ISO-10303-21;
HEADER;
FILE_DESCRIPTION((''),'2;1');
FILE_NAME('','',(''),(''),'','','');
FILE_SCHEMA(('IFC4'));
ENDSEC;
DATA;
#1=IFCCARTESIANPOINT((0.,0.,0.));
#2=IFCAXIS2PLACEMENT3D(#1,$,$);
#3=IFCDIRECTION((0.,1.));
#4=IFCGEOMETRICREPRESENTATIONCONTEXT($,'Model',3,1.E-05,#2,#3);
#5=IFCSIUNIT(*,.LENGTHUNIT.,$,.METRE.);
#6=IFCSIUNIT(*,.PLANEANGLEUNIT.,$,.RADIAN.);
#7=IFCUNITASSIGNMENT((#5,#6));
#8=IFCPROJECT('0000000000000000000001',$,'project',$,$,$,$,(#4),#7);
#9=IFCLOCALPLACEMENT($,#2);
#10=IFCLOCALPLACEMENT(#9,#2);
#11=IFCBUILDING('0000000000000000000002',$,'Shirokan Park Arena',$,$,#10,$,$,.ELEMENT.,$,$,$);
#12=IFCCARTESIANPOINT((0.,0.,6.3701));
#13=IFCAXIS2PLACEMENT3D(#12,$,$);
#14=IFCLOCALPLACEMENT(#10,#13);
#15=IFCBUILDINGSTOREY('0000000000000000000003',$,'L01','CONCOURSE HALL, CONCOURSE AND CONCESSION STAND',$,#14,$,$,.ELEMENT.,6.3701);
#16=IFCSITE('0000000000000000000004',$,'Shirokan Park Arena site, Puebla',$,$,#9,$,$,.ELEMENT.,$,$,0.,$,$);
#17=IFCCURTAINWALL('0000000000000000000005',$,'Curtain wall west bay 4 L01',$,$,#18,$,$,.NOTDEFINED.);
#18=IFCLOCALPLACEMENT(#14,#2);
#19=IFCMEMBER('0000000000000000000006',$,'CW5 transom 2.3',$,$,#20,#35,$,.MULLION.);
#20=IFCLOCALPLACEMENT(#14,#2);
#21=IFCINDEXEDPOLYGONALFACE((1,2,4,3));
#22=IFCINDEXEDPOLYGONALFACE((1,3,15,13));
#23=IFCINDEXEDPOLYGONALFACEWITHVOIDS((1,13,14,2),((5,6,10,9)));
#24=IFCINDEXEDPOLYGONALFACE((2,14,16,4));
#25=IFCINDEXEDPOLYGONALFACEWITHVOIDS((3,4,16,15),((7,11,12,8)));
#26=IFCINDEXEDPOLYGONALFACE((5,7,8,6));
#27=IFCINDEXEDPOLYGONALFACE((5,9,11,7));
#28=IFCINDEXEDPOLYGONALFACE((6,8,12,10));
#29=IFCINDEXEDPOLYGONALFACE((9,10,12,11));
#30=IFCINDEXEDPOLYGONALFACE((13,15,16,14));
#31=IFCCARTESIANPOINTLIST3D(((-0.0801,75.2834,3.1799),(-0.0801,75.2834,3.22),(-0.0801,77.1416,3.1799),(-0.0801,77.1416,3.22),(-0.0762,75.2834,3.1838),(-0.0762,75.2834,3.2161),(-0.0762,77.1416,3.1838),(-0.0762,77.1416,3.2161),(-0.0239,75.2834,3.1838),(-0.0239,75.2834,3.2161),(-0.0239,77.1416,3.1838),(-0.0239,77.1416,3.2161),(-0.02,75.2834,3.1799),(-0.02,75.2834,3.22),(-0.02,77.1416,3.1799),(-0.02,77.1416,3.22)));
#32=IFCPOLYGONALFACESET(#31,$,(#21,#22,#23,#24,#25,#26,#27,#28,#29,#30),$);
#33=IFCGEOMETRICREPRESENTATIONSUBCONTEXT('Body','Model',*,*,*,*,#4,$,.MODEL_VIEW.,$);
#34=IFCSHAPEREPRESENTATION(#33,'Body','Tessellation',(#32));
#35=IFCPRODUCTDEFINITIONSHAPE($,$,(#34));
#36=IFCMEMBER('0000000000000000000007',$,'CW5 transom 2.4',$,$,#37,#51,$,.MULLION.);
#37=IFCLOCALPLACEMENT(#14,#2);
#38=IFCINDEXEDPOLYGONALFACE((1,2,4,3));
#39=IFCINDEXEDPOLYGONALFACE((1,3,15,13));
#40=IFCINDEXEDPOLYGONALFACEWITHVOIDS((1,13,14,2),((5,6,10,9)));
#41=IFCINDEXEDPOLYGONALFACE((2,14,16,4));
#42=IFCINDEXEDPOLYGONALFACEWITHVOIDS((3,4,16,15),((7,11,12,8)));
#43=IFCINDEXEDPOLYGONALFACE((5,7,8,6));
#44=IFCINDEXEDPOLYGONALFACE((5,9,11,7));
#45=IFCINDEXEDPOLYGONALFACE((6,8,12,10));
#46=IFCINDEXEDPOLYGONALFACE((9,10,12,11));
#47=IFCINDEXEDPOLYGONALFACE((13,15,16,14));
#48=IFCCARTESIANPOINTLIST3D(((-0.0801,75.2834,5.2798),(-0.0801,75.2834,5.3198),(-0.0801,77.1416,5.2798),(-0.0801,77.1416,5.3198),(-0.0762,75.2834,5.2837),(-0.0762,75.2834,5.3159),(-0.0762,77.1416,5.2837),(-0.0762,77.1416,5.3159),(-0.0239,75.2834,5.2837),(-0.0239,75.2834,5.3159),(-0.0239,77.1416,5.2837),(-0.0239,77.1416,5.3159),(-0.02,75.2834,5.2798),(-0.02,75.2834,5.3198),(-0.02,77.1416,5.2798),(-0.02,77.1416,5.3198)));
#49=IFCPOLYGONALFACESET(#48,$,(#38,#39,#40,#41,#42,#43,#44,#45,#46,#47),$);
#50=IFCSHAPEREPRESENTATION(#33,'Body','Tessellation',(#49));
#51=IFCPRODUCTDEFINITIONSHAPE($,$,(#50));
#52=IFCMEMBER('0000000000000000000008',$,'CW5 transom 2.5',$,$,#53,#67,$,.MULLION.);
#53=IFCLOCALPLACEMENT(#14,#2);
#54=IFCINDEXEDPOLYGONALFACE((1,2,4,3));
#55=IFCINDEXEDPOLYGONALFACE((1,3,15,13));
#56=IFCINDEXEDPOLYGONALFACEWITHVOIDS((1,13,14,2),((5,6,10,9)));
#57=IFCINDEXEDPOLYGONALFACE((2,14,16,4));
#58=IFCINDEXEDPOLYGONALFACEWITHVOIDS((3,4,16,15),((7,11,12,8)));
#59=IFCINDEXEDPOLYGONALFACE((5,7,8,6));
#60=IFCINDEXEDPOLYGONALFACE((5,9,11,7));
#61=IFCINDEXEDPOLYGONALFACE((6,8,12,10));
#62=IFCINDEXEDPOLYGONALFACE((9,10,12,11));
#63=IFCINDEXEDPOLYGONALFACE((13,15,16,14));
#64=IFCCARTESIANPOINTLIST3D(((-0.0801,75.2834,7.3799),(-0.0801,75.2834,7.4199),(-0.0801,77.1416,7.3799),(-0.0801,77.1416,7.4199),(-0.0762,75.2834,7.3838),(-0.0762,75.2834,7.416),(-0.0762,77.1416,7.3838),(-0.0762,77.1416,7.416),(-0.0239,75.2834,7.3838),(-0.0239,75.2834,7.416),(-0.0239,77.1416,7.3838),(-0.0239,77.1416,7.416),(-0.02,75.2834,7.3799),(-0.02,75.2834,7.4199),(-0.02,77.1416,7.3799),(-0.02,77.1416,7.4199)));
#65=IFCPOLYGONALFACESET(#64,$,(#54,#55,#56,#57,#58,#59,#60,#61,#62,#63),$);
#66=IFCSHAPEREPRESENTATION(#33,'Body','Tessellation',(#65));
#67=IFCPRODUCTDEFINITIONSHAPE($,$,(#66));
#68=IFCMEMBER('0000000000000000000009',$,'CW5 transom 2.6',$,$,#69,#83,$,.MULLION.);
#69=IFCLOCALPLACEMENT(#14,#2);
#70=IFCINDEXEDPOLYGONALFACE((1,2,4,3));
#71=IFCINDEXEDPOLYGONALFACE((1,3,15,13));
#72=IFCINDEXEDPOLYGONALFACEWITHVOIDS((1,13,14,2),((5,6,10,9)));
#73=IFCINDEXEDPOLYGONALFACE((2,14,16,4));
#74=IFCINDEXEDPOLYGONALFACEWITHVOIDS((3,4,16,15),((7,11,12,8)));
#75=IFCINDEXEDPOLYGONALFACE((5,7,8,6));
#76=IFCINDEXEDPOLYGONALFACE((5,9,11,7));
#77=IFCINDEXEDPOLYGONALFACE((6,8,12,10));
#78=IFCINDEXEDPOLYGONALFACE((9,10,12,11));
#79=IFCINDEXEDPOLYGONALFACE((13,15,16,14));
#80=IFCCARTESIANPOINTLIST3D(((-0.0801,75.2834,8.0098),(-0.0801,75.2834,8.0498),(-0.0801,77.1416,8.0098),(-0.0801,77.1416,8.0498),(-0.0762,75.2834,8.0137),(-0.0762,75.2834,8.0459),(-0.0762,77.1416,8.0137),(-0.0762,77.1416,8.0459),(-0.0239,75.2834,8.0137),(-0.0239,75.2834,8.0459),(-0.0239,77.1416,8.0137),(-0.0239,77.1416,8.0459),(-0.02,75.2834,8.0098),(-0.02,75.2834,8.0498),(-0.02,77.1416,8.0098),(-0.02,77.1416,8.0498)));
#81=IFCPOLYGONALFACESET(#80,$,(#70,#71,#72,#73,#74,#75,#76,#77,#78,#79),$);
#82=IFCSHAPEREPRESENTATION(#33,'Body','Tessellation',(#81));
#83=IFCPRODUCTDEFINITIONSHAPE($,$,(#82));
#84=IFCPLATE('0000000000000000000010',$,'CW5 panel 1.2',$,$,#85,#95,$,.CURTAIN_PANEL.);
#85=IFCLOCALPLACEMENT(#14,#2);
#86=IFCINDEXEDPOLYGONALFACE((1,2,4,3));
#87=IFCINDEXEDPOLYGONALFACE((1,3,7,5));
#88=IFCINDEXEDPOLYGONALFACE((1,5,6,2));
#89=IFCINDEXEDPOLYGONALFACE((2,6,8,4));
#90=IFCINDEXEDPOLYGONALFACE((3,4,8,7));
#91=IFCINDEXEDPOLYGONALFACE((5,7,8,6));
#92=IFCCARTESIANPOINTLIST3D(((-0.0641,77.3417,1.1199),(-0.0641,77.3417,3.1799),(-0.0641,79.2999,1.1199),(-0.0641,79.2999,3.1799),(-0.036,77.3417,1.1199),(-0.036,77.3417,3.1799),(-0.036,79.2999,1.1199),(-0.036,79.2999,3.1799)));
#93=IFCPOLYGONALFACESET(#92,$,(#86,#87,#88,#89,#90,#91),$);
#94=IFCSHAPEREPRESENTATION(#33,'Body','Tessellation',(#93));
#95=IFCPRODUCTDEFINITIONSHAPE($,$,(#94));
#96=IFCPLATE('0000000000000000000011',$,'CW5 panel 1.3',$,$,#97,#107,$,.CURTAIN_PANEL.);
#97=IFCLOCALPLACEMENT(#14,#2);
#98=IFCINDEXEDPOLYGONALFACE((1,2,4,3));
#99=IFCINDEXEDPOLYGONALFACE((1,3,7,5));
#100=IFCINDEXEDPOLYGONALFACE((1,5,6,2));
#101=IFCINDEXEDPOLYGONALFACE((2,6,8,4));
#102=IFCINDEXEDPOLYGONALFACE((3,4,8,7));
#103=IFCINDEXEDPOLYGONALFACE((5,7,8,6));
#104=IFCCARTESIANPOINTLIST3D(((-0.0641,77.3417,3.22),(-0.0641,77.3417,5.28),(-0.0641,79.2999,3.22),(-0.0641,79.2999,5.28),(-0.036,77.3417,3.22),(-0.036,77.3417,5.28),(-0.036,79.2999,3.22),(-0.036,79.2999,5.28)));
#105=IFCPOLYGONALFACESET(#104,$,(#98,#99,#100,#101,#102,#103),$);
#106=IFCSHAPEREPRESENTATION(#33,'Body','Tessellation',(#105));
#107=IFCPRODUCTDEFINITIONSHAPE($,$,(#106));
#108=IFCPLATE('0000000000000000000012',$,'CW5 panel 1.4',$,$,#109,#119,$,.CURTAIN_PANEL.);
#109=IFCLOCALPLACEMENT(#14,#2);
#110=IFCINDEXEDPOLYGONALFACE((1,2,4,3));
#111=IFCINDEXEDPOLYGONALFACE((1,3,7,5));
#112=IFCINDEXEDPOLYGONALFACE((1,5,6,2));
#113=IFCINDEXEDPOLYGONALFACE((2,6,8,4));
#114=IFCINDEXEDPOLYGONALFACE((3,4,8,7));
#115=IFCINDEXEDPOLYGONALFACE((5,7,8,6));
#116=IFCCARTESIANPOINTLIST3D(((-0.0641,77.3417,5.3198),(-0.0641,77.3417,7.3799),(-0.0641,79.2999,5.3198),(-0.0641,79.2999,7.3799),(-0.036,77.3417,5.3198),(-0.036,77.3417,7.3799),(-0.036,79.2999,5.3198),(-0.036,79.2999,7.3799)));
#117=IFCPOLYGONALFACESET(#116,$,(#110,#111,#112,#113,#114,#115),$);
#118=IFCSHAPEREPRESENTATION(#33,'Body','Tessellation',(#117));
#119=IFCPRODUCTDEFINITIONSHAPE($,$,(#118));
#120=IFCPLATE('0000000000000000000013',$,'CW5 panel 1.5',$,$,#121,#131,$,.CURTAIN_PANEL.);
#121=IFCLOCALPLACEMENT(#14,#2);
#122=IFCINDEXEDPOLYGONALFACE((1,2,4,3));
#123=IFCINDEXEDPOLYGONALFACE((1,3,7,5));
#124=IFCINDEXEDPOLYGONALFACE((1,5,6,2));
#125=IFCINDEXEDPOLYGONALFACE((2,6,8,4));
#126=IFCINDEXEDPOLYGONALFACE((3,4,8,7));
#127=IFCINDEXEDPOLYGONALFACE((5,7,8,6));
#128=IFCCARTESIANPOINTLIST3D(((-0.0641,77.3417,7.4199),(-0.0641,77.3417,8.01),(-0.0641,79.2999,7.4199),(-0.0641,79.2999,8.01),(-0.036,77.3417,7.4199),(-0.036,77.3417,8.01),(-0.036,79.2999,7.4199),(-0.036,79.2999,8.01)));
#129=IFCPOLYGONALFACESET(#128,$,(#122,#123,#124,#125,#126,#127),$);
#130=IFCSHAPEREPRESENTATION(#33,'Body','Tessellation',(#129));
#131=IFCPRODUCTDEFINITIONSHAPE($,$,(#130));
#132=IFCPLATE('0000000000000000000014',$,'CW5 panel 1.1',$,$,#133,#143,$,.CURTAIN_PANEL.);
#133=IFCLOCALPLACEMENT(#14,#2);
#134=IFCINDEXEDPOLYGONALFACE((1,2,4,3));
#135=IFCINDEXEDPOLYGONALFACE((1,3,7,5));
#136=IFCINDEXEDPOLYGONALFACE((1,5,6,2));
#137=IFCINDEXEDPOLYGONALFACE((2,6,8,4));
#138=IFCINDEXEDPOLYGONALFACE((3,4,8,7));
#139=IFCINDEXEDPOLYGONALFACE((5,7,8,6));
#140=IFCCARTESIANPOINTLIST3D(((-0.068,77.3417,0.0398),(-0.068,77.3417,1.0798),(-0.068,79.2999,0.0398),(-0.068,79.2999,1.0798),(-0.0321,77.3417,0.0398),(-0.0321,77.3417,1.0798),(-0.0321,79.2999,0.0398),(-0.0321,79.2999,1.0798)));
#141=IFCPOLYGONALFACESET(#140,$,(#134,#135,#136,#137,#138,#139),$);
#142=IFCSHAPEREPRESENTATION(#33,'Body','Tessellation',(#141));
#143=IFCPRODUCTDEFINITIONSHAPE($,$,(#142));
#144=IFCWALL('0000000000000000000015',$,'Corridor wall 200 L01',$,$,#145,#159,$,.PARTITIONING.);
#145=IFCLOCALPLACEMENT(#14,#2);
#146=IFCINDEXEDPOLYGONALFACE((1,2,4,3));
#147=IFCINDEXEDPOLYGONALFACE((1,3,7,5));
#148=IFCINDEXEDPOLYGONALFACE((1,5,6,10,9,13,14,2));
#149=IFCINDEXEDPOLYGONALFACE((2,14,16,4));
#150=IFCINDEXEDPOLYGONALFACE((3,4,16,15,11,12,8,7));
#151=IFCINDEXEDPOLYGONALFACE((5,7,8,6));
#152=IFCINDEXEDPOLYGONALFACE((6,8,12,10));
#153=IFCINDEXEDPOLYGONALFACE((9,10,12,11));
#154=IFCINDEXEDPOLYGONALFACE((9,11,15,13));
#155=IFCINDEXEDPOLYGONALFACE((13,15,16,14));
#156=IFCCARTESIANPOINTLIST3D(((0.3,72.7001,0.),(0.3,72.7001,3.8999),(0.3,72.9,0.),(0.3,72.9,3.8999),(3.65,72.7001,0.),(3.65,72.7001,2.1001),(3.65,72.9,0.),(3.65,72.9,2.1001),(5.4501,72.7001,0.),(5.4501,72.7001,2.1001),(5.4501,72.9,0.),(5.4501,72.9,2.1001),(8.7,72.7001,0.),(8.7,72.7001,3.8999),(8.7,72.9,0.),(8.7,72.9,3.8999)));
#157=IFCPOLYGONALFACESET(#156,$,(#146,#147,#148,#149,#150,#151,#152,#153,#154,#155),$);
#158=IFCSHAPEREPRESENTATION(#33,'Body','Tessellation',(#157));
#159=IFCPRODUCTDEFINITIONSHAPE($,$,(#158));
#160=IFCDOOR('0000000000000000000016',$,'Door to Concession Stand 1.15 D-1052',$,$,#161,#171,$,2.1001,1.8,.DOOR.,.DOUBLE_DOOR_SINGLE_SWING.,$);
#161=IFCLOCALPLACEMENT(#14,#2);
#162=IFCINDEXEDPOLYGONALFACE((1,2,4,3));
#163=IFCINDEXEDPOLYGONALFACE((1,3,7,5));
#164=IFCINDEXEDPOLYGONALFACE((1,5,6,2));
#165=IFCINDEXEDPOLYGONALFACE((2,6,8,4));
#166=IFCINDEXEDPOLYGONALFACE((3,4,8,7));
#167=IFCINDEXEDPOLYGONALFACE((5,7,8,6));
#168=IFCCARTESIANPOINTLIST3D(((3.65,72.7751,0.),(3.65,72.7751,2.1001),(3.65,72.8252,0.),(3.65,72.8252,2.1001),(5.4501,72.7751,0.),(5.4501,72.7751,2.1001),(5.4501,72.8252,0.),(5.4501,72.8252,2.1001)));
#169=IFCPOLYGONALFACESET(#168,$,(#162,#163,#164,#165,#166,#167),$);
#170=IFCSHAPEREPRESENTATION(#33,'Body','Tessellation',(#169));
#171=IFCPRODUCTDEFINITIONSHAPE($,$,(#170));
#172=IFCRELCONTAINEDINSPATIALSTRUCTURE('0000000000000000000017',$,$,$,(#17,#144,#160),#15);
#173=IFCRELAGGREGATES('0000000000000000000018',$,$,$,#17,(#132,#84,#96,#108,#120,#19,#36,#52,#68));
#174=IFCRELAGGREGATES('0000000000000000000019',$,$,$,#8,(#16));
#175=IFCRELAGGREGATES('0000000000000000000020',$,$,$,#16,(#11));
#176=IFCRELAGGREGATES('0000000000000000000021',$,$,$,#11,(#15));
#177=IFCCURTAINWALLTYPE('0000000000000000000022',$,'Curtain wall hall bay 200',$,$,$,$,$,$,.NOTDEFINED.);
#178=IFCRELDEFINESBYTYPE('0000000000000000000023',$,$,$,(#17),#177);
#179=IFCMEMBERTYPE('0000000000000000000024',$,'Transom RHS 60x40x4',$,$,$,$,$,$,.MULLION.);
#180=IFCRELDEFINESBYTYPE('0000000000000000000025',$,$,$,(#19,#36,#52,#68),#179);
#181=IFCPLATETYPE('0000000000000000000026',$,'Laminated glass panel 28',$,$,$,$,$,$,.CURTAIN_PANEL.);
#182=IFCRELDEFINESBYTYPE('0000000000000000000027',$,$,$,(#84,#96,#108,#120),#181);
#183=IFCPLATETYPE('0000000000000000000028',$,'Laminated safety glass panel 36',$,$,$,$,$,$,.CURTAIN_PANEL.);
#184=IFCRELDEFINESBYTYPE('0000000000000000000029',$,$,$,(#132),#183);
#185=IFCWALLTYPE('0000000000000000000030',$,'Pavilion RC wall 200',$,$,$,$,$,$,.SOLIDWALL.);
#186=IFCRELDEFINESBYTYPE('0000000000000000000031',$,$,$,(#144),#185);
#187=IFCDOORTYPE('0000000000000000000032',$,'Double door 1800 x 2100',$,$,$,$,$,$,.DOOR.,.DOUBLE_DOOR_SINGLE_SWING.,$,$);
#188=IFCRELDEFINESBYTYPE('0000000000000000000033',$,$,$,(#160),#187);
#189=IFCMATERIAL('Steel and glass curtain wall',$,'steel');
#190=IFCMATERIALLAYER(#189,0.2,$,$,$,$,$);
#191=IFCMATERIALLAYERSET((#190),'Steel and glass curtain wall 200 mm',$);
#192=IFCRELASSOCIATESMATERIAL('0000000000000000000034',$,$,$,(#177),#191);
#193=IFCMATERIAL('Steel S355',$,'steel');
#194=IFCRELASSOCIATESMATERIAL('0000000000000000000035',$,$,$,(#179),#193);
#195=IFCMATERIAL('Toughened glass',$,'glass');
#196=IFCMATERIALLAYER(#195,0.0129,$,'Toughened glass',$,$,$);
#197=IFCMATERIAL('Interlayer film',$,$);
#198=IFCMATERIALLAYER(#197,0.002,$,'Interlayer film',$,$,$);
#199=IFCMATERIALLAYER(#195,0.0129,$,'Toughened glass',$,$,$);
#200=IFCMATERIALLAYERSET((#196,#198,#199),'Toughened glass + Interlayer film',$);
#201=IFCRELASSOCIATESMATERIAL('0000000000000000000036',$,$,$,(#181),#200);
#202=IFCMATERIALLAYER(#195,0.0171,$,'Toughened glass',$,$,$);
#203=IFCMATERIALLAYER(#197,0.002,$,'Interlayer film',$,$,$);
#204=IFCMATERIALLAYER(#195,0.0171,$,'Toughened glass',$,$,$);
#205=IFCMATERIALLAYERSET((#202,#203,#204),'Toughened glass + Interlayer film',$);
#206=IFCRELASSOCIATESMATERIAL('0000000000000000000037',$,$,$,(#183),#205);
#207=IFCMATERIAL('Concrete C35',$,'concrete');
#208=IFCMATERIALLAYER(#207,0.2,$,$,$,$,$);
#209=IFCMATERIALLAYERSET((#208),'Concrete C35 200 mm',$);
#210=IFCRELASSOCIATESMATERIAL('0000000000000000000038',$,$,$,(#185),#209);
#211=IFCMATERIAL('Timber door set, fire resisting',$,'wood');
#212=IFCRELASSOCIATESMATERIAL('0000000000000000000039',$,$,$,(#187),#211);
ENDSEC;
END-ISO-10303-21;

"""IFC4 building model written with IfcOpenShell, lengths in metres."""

from ifc_helpers import new_model, si_unit, direction, frame, frame_2d, origin, origin_2d, place, context, subcontext, project, spatial, rectangle, hollow_rectangle, extrude, material, layer, layer_set, material_profile, profile_set, type_object, element, fill, aggregate, save


model = new_model("IFC4")

# Units and contexts
model_context = context("Model", 3, precision=1e-05, world=origin(), true_north=direction((0.0, 1.0)))
body_context = subcontext(model_context, "Body", "Model", "MODEL_VIEW")
ifc_project = project(units=[si_unit("LENGTHUNIT", "METRE"), si_unit("PLANEANGLEUNIT", "RADIAN")], contexts=[model_context])

# Site, building, storey
site_placement = place(None, origin())
site = spatial("IfcSite", under=ifc_project, at=site_placement, Name="Shirokan Park Arena site, Puebla", CompositionType="ELEMENT", RefElevation=0.0)
building_placement = place(site_placement, origin())
building = spatial("IfcBuilding", under=site, at=building_placement, Name="Shirokan Park Arena", CompositionType="ELEMENT")
storey_placement = place(building_placement, frame((0.0, 0.0, 6.3701)))
storey = spatial("IfcBuildingStorey", under=building, at=storey_placement, Name="L01", Description="CONCOURSE HALL, CONCOURSE AND CONCESSION STAND", CompositionType="ELEMENT", Elevation=6.3701)

# Shared definitions
ifc_material_1 = material(Name="Concrete C35", Category="concrete")

# Curtain wall
ifc_material_2 = material(Name="Steel and glass curtain wall", Category="steel")
ifc_layer_1 = layer(ifc_material_2, 0.2)
ifc_layer_set_1 = layer_set([ifc_layer_1], Name="Steel and glass curtain wall 200 mm")
curtain_wall_type = type_object("IfcCurtainWallType", Name="Curtain wall hall bay 200", PredefinedType="NOTDEFINED", material=ifc_layer_set_1)
curtain_wall_placement = place(storey_placement, origin())
curtain_wall = element("IfcCurtainWall", 1, at=curtain_wall_placement, inside=storey, type_object=curtain_wall_type, Name="Curtain wall west bay 4 L01", PredefinedType="NOTDEFINED")
ifc_material_3 = material(Name="Steel S355", Category="steel")

# Members
ifc_material_profile_1 = material_profile(ifc_material_3, hollow_rectangle(XDim=0.0601, YDim=0.04, WallThickness=0.0039, at=origin_2d()), Name="RHS 60x40x4")
ifc_profile_set_1 = profile_set([ifc_material_profile_1], Name="Steel S355")
member_type_1 = type_object("IfcMemberType", Name="Transom RHS 60x40x4", PredefinedType="MULLION", material=ifc_profile_set_1)
member_1_placement = place(storey_placement, frame((-0.05, 77.1416, 3.2), z_axis=(0.0, -1.0, 0.0), x_axis=(1.0, 0.0, 0.0)))
member_1 = element("IfcMember", 2, at=member_1_placement, type_object=member_type_1, Name="CW5 transom 2.3", PredefinedType="MULLION", context=body_context, shape_type="SweptSolid", body=[
    extrude(hollow_rectangle(XDim=0.0601, YDim=0.04, WallThickness=0.0039, at=origin_2d()), origin(), (0.0, 0.0, 1.0), 1.8582),
])
member_2_placement = place(storey_placement, frame((-0.05, 77.1416, 5.2998), z_axis=(0.0, -1.0, 0.0), x_axis=(1.0, 0.0, 0.0)))
member_2 = element("IfcMember", 3, at=member_2_placement, type_object=member_type_1, Name="CW5 transom 2.4", PredefinedType="MULLION", context=body_context, shape_type="SweptSolid", body=[
    extrude(hollow_rectangle(XDim=0.0601, YDim=0.04, WallThickness=0.0039, at=origin_2d()), origin(), (0.0, 0.0, 1.0), 1.8582),
])
member_3_placement = place(storey_placement, frame((-0.05, 77.1416, 7.3999), z_axis=(0.0, -1.0, 0.0), x_axis=(1.0, 0.0, 0.0)))
member_3 = element("IfcMember", 4, at=member_3_placement, type_object=member_type_1, Name="CW5 transom 2.5", PredefinedType="MULLION", context=body_context, shape_type="SweptSolid", body=[
    extrude(hollow_rectangle(XDim=0.0601, YDim=0.04, WallThickness=0.0039, at=origin_2d()), origin(), (0.0, 0.0, 1.0), 1.8582),
])
member_4_placement = place(storey_placement, frame((-0.05, 77.1416, 8.0298), z_axis=(0.0, -1.0, 0.0), x_axis=(1.0, 0.0, 0.0)))
member_4 = element("IfcMember", 5, at=member_4_placement, type_object=member_type_1, Name="CW5 transom 2.6", PredefinedType="MULLION", context=body_context, shape_type="SweptSolid", body=[
    extrude(hollow_rectangle(XDim=0.0601, YDim=0.04, WallThickness=0.0039, at=origin_2d()), origin(), (0.0, 0.0, 1.0), 1.8582),
])

# Plates
ifc_material_4 = material(Name="Toughened glass", Category="glass")
ifc_layer_2 = layer(ifc_material_4, 0.0129, Name="Toughened glass")
ifc_material_5 = material(Name="Interlayer film")
ifc_layer_3 = layer(ifc_material_5, 0.002, Name="Interlayer film")
ifc_layer_4 = layer(ifc_material_4, 0.0129, Name="Toughened glass")
ifc_layer_set_2 = layer_set([ifc_layer_2, ifc_layer_3, ifc_layer_4], Name="Toughened glass + Interlayer film")
plate_type_1 = type_object("IfcPlateType", Name="Laminated glass panel 28", PredefinedType="CURTAIN_PANEL", material=ifc_layer_set_2)
plate_1_placement = place(storey_placement, frame((-0.05, 78.3208, 1.1199), z_axis=(0.0, 0.0, 1.0), x_axis=(0.0, -1.0, 0.0)))
plate_1 = element("IfcPlate", 6, at=plate_1_placement, type_object=plate_type_1, Name="CW5 panel 1.2", PredefinedType="CURTAIN_PANEL", context=body_context, shape_type="SweptSolid", body=[
    extrude(rectangle(XDim=1.9583, YDim=0.0281, at=origin_2d()), origin(), (0.0, 0.0, 1.0), 2.0601),
])
plate_2_placement = place(storey_placement, frame((-0.05, 78.3208, 3.22), z_axis=(0.0, 0.0, 1.0), x_axis=(0.0, -1.0, 0.0)))
plate_2 = element("IfcPlate", 7, at=plate_2_placement, type_object=plate_type_1, Name="CW5 panel 1.3", PredefinedType="CURTAIN_PANEL", context=body_context, shape_type="SweptSolid", body=[
    extrude(rectangle(XDim=1.9583, YDim=0.0281, at=origin_2d()), origin(), (0.0, 0.0, 1.0), 2.0601),
])
plate_3_placement = place(storey_placement, frame((-0.05, 78.3208, 5.3198), z_axis=(0.0, 0.0, 1.0), x_axis=(0.0, -1.0, 0.0)))
plate_3 = element("IfcPlate", 8, at=plate_3_placement, type_object=plate_type_1, Name="CW5 panel 1.4", PredefinedType="CURTAIN_PANEL", context=body_context, shape_type="SweptSolid", body=[
    extrude(rectangle(XDim=1.9583, YDim=0.0281, at=origin_2d()), origin(), (0.0, 0.0, 1.0), 2.0601),
])
plate_4_placement = place(storey_placement, frame((-0.05, 78.3208, 7.4199), z_axis=(0.0, 0.0, 1.0), x_axis=(0.0, -1.0, 0.0)))
plate_4 = element("IfcPlate", 9, at=plate_4_placement, type_object=plate_type_1, Name="CW5 panel 1.5", PredefinedType="CURTAIN_PANEL", context=body_context, shape_type="SweptSolid", body=[
    extrude(rectangle(XDim=1.9583, YDim=0.0281, at=origin_2d()), origin(), (0.0, 0.0, 1.0), 0.5901),
])
ifc_layer_5 = layer(ifc_material_4, 0.0171, Name="Toughened glass")
ifc_layer_6 = layer(ifc_material_5, 0.002, Name="Interlayer film")
ifc_layer_7 = layer(ifc_material_4, 0.0171, Name="Toughened glass")
ifc_layer_set_3 = layer_set([ifc_layer_5, ifc_layer_6, ifc_layer_7], Name="Toughened glass + Interlayer film")
plate_type_2 = type_object("IfcPlateType", Name="Laminated safety glass panel 36", PredefinedType="CURTAIN_PANEL", material=ifc_layer_set_3)
plate_5_placement = place(storey_placement, frame((-0.05, 78.3208, 0.0398), z_axis=(0.0, 0.0, 1.0), x_axis=(0.0, -1.0, 0.0)))
plate_5 = element("IfcPlate", 10, at=plate_5_placement, type_object=plate_type_2, Name="CW5 panel 1.1", PredefinedType="CURTAIN_PANEL", context=body_context, shape_type="SweptSolid", body=[
    extrude(rectangle(XDim=1.9583, YDim=0.0359, at=origin_2d()), origin(), (0.0, 0.0, 1.0), 1.04),
])
aggregate(curtain_wall, [plate_5, plate_1, plate_2, plate_3, plate_4, member_1, member_2, member_3, member_4])

# Wall, opening, door
ifc_layer_8 = layer(ifc_material_1, 0.2)
ifc_layer_set_4 = layer_set([ifc_layer_8], Name="Concrete C35 200 mm")
wall_type = type_object("IfcWallType", Name="Pavilion RC wall 200", PredefinedType="SOLIDWALL", material=ifc_layer_set_4)
wall_placement = place(storey_placement, frame((8.7, 72.8, 0.0), z_axis=(0.0, 0.0, 1.0), x_axis=(-1.0, 0.0, 0.0)))
wall = element("IfcWall", 11, at=wall_placement, inside=storey, type_object=wall_type, Name="Corridor wall 200 L01", PredefinedType="PARTITIONING", context=body_context, shape_type="SweptSolid", body=[
    extrude(rectangle(XDim=8.3999, YDim=0.2, at=frame_2d((4.2, 0.0))), origin(), (0.0, 0.0, 1.0), 3.8999),
])
opening_placement = place(wall_placement, frame((3.25, 0.0, 0.0)))
opening = element("IfcOpeningElement", 12, at=opening_placement, cuts=wall, PredefinedType="OPENING", context=body_context, shape_type="SweptSolid", body=[
    extrude(rectangle(XDim=1.8, YDim=2.1001, at=frame_2d((0.8999, 1.05))), frame((0.0, 0.1099, 0.0), z_axis=(0.0, -1.0, 0.0), x_axis=(1.0, 0.0, 0.0)), (0.0, 0.0, 1.0), 0.22),
])
ifc_material_6 = material(Name="Timber door set, fire resisting", Category="wood")
door_type = type_object("IfcDoorType", Name="Double door 1800 x 2100", OperationType="DOUBLE_DOOR_SINGLE_SWING", PredefinedType="DOOR", material=ifc_material_6)
door_placement = place(opening_placement, origin())
door = element("IfcDoor", 13, at=door_placement, inside=storey, type_object=door_type, Name="Door to Concession Stand 1.15 D-1052", OperationType="DOUBLE_DOOR_SINGLE_SWING", OverallHeight=2.1001, OverallWidth=1.8, PredefinedType="DOOR", context=body_context, shape_type="SweptSolid", body=[
    extrude(rectangle(XDim=1.8, YDim=2.1001, at=frame_2d((0.8999, 1.05))), frame((0.0, 0.0249, 0.0), z_axis=(0.0, -1.0, 0.0), x_axis=(1.0, 0.0, 0.0)), (0.0, 0.0, 1.0), 0.05),
])
fill(opening, door)

save(model, "model.ifc")
